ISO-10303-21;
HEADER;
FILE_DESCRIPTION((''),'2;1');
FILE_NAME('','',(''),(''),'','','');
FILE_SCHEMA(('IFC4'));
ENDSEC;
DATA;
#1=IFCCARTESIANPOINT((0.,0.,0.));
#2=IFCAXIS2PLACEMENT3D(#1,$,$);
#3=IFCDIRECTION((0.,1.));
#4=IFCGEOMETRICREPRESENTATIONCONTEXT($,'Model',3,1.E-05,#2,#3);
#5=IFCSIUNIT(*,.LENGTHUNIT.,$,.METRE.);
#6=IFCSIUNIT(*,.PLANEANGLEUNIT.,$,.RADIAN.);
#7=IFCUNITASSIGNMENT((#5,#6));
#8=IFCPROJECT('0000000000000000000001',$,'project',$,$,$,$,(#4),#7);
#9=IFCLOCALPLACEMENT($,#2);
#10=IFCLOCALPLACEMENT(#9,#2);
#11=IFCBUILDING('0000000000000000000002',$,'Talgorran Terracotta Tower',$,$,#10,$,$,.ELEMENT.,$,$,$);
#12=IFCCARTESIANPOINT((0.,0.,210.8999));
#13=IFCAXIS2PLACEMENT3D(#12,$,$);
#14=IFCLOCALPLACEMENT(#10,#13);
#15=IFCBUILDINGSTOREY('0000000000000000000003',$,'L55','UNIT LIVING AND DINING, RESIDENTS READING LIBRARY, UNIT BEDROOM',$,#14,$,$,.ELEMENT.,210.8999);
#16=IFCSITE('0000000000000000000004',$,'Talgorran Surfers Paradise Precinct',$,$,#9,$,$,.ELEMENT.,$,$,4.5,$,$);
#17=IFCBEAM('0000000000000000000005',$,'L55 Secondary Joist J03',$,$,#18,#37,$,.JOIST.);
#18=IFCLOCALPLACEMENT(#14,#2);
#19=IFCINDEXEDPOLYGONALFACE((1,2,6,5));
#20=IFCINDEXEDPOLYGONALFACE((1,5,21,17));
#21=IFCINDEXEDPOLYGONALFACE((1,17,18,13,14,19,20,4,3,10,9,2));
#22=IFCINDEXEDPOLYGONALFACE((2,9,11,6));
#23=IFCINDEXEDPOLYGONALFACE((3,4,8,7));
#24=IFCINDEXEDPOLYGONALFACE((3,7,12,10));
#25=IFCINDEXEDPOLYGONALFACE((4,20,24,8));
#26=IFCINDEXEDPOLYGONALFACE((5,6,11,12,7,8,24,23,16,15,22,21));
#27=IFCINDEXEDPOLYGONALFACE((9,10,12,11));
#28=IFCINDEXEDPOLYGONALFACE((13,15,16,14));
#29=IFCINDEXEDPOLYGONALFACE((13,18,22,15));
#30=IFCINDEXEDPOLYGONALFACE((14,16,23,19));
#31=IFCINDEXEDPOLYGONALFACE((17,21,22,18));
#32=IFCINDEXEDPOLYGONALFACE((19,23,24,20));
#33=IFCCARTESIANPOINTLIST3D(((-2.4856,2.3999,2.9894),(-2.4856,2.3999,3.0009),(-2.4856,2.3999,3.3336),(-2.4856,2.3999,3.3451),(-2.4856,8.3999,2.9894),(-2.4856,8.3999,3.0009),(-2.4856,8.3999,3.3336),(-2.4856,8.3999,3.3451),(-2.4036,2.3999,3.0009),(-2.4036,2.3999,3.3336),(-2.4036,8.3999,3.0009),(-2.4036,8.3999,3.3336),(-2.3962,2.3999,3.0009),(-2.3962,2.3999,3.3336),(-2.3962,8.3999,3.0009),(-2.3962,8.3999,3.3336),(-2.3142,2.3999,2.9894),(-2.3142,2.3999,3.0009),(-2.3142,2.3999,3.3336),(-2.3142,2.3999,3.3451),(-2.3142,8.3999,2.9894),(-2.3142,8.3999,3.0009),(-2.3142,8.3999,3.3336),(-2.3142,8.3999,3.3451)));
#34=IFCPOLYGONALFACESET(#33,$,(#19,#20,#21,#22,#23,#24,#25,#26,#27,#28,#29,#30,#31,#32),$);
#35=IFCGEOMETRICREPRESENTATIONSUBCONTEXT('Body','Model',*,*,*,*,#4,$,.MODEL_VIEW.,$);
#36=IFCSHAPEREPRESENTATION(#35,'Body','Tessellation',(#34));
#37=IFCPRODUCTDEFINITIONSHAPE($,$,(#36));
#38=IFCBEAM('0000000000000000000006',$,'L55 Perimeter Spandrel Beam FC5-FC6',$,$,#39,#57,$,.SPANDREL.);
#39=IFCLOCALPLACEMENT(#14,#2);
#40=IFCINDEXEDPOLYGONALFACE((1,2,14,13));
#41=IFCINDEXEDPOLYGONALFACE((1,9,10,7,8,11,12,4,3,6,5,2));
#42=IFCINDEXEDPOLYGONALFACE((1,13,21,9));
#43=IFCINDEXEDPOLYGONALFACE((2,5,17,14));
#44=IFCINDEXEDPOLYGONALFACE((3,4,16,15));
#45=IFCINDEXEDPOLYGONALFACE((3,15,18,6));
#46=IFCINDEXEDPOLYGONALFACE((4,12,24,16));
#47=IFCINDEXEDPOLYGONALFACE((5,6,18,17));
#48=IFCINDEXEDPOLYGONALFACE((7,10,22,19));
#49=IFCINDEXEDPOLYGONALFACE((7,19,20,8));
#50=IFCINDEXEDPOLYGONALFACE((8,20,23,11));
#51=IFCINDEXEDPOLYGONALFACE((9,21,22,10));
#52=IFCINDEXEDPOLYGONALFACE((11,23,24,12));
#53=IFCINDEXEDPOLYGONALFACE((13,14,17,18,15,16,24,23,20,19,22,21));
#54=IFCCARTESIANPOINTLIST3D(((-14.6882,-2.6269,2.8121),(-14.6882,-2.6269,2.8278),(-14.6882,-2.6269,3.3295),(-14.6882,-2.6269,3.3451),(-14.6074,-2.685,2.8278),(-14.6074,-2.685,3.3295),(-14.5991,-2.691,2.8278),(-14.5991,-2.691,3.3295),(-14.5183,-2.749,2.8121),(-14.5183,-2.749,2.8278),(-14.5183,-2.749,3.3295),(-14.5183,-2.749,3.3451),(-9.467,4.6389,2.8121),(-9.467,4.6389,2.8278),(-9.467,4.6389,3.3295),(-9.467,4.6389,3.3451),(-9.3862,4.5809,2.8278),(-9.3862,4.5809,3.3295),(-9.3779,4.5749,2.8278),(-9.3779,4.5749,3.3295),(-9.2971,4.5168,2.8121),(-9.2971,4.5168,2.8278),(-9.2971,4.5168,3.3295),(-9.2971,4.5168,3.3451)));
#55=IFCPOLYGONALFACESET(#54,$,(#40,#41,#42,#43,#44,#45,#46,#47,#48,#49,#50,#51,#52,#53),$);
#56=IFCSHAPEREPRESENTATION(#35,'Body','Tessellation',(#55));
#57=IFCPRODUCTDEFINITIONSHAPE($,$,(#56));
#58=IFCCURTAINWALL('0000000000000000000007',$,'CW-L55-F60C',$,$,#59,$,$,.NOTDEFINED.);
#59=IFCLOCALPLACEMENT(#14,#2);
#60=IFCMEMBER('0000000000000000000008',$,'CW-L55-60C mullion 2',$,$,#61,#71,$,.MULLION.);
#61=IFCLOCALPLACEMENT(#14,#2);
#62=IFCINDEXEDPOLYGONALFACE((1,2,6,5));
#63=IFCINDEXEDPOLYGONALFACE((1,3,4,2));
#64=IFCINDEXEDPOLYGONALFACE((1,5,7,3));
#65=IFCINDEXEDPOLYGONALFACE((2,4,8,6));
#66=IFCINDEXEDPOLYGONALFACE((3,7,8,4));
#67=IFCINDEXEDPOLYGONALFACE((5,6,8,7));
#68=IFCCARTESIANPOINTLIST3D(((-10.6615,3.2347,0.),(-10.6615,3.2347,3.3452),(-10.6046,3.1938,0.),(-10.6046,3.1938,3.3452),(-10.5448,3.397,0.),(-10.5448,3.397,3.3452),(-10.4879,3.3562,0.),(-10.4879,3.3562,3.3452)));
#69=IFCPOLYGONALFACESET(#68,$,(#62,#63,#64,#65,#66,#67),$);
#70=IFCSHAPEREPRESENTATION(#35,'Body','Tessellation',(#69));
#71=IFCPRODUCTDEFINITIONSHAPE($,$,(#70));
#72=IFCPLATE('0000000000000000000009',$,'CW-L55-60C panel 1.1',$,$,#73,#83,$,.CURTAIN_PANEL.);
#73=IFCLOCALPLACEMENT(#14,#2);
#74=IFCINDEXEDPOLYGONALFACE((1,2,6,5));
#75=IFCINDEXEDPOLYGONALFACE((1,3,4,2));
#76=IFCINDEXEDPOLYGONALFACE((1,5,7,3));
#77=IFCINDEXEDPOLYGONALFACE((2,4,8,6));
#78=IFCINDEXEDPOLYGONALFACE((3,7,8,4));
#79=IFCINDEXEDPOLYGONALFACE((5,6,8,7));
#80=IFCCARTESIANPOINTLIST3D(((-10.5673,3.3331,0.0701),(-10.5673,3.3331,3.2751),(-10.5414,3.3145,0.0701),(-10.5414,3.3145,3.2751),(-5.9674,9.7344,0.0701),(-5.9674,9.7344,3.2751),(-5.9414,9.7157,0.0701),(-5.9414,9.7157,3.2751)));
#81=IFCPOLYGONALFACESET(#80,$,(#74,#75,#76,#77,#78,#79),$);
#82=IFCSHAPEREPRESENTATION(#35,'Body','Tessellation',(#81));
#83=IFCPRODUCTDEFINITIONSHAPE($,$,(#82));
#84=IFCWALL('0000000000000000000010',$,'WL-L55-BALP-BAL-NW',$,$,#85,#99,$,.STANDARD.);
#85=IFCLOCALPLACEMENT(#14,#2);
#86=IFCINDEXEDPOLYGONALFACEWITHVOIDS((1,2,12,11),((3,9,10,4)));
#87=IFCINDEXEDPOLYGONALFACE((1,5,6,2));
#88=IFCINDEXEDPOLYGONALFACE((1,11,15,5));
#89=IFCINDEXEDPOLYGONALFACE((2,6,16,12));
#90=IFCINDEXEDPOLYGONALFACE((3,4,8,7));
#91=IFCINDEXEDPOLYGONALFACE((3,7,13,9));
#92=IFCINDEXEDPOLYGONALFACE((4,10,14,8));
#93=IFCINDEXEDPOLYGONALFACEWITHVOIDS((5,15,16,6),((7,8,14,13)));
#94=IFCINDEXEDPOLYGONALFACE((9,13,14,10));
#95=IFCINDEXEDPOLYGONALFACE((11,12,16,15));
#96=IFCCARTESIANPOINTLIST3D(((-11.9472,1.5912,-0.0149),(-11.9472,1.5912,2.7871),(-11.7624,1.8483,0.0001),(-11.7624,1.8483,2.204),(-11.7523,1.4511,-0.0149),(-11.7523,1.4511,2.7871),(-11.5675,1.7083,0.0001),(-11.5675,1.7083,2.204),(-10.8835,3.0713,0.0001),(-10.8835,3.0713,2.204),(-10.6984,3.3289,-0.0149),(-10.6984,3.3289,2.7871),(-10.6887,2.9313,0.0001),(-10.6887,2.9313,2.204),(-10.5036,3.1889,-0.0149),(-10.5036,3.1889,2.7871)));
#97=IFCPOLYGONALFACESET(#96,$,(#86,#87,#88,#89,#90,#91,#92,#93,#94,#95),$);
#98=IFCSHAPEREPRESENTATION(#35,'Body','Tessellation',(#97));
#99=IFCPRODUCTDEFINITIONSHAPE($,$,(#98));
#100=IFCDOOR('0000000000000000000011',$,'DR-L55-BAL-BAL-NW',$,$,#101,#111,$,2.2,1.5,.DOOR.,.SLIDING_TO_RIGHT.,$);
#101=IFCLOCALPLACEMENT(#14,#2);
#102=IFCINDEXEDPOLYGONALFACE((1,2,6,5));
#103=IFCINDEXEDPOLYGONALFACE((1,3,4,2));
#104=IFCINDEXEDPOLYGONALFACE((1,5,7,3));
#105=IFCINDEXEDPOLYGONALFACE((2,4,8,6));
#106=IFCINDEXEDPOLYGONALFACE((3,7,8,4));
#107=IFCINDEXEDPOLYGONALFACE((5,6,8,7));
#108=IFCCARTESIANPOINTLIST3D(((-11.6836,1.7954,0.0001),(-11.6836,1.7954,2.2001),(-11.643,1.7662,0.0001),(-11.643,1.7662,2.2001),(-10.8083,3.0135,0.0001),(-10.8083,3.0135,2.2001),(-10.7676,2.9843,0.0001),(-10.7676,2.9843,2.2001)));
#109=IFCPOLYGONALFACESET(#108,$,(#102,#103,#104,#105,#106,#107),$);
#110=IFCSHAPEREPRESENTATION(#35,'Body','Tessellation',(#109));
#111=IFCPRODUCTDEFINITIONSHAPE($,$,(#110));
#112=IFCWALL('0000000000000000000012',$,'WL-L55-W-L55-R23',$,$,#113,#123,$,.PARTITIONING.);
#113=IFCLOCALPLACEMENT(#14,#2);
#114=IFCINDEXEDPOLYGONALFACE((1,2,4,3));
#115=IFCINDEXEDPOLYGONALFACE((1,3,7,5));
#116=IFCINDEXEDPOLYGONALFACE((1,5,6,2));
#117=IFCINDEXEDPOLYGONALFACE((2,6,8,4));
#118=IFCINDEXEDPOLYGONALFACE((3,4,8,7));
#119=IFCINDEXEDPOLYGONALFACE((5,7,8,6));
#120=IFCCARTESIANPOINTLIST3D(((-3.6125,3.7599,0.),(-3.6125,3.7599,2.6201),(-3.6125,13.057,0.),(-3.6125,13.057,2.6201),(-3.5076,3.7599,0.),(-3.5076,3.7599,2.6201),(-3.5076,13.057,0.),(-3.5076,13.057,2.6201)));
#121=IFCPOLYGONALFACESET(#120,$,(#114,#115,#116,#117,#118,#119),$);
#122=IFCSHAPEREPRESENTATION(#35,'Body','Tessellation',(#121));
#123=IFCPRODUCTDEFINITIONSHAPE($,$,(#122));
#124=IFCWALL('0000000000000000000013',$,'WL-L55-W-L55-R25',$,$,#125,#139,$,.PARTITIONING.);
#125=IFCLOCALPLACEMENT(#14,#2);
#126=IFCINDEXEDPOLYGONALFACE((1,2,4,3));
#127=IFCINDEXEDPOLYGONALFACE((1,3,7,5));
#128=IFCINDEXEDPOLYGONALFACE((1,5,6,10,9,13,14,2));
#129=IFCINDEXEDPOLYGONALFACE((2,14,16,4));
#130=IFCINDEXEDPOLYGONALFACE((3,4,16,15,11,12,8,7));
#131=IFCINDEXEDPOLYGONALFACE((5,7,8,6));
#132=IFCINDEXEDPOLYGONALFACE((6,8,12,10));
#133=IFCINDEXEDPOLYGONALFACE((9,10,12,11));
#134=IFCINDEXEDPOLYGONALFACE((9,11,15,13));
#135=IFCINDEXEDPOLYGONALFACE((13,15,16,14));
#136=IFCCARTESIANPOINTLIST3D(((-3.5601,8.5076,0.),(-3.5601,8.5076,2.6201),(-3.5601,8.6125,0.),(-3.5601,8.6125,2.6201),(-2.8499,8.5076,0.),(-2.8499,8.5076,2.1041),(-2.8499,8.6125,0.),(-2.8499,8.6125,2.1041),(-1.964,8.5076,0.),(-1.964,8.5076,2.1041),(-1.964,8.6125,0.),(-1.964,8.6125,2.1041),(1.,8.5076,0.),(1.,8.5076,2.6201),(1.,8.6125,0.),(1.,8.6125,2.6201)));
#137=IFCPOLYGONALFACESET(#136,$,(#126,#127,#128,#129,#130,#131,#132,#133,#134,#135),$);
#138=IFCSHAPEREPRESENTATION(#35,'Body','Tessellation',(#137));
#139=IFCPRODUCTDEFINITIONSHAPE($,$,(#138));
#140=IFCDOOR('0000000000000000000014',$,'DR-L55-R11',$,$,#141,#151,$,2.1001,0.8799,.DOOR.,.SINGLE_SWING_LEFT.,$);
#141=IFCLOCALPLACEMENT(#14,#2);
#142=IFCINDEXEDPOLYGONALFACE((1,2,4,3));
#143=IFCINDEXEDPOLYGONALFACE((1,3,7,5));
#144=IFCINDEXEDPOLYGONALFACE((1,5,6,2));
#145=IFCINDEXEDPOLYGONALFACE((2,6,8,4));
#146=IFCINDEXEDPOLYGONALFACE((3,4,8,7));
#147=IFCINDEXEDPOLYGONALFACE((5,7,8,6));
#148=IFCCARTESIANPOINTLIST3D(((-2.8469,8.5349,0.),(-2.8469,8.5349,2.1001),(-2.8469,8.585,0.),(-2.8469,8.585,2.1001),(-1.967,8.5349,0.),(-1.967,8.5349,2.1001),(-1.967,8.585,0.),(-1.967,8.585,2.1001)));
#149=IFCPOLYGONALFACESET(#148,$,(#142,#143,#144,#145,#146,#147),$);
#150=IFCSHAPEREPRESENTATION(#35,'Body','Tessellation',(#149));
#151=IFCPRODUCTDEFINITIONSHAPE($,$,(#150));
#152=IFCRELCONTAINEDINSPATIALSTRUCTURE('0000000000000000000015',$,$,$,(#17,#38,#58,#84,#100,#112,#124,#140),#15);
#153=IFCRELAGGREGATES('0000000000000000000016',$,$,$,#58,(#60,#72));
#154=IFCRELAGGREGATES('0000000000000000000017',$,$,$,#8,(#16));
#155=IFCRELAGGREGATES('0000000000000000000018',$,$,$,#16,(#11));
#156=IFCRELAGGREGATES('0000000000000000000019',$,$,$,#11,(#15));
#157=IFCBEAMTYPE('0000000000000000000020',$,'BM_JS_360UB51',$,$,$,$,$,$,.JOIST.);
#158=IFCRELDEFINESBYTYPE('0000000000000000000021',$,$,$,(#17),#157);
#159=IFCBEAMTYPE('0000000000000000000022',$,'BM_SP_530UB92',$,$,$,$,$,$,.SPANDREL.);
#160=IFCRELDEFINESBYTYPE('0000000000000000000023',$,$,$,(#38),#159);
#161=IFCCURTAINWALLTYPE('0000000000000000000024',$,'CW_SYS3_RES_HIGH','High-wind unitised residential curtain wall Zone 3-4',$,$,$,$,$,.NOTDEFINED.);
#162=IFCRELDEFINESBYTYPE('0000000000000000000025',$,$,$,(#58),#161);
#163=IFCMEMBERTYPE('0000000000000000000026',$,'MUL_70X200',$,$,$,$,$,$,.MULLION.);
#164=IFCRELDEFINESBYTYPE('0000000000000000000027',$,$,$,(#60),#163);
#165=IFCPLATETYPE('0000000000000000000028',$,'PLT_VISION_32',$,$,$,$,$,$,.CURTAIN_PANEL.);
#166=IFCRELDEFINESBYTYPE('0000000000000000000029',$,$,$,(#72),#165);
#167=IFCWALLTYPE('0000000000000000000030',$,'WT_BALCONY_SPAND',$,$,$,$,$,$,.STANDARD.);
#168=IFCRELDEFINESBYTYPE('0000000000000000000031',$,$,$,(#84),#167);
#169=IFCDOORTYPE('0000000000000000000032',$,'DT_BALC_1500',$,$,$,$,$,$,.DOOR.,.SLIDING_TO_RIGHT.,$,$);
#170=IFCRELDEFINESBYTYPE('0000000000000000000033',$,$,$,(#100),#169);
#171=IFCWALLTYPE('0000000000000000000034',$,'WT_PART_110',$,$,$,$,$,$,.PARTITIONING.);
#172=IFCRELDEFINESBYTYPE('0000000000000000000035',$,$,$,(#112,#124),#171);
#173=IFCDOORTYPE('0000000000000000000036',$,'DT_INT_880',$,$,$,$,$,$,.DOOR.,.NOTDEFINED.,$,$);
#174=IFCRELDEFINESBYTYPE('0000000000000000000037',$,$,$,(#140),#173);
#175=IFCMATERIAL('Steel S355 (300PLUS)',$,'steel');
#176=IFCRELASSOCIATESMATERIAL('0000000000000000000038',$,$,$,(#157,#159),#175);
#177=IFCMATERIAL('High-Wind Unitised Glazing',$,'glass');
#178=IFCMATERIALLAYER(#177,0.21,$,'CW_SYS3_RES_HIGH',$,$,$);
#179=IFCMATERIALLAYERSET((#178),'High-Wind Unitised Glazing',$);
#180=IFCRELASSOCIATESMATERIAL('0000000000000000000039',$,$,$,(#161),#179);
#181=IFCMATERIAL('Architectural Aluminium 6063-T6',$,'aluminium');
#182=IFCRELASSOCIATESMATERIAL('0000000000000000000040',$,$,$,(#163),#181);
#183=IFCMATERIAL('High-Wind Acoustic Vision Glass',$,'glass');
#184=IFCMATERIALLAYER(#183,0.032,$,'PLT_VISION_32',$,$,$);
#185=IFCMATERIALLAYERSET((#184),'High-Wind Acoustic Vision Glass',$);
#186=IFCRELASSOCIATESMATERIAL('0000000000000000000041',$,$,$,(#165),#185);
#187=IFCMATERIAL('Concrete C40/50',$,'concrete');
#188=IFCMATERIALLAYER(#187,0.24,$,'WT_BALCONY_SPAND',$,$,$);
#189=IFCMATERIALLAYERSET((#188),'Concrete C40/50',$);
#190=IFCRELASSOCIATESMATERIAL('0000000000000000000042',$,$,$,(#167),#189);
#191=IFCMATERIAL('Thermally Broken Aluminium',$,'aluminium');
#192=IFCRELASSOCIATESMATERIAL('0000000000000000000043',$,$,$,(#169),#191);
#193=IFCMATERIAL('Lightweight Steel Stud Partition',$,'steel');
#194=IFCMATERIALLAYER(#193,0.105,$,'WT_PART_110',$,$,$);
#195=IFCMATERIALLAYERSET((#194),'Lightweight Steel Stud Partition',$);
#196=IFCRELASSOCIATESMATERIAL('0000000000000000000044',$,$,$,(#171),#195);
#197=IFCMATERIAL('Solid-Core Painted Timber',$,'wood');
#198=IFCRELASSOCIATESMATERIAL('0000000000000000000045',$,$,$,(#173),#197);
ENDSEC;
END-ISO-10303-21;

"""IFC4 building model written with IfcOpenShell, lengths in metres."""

from ifc_helpers import new_model, si_unit, direction, frame, frame_2d, origin, origin_2d, place, context, subcontext, project, spatial, rectangle, i_section, extrude, source, transform, mapped, material, layer, layer_set, material_profile, profile_set, type_object, type_shapes, element, fill, aggregate, save


model = new_model("IFC4")

# Units and contexts
model_context = context("Model", 3, precision=1e-05, world=origin(), true_north=direction((0.0, 1.0)))
body_context = subcontext(model_context, "Body", "Model", "MODEL_VIEW")
ifc_project = project(units=[si_unit("LENGTHUNIT", "METRE"), si_unit("PLANEANGLEUNIT", "RADIAN")], contexts=[model_context])

# Site, building, storey
site_placement = place(None, origin())
site = spatial("IfcSite", under=ifc_project, at=site_placement, Name="Talgorran Surfers Paradise Precinct", CompositionType="ELEMENT", RefElevation=4.5)
building_placement = place(site_placement, origin())
building = spatial("IfcBuilding", under=site, at=building_placement, Name="Talgorran Terracotta Tower", CompositionType="ELEMENT")
storey_placement = place(building_placement, frame((0.0, 0.0, 210.8999)))
storey = spatial("IfcBuildingStorey", under=building, at=storey_placement, Name="L55", Description="UNIT LIVING AND DINING, RESIDENTS READING LIBRARY, UNIT BEDROOM", CompositionType="ELEMENT", Elevation=210.8999)

# Shared definitions
ifc_material_1 = material(Name="Steel S355 (300PLUS)", Category="steel")

# Beams
ifc_material_profile_1 = material_profile(ifc_material_1, i_section(OverallWidth=0.1714, OverallDepth=0.3557, WebThickness=0.0073, FlangeThickness=0.0115, at=origin_2d()), Name="360UB50.7")
ifc_profile_set_1 = profile_set([ifc_material_profile_1], Name="Steel S355 (300PLUS)")
beam_type_1 = type_object("IfcBeamType", Name="BM_JS_360UB51", PredefinedType="JOIST", material=ifc_profile_set_1)
beam_1_placement = place(storey_placement, frame((-2.3999, 2.3999, 3.1672), z_axis=(0.0, 1.0, 0.0), x_axis=(-1.0, 0.0, 0.0)))
element("IfcBeam", 1, at=beam_1_placement, inside=storey, type_object=beam_type_1, Name="L55 Secondary Joist J03", PredefinedType="JOIST", context=body_context, shape_type="SweptSolid", body=[
    extrude(i_section(OverallWidth=0.1714, OverallDepth=0.3557, WebThickness=0.0073, FlangeThickness=0.0115, at=origin_2d()), origin(), (0.0, 0.0, 1.0), 6.0),
])
ifc_material_profile_2 = material_profile(ifc_material_1, i_section(OverallWidth=0.2092, OverallDepth=0.533, WebThickness=0.0103, FlangeThickness=0.0156, at=origin_2d()), Name="530UB92.4")
ifc_profile_set_2 = profile_set([ifc_material_profile_2], Name="Steel S355 (300PLUS)")
beam_type_2 = type_object("IfcBeamType", Name="BM_SP_530UB92", PredefinedType="SPANDREL", material=ifc_profile_set_2)
beam_2_placement = place(storey_placement, frame((-9.3821, 4.5779, 3.0786), z_axis=(-0.583551, -0.812076, 0.0), x_axis=(0.812076, -0.583551, 0.0)))
element("IfcBeam", 2, at=beam_2_placement, inside=storey, type_object=beam_type_2, Name="L55 Perimeter Spandrel Beam FC5-FC6", PredefinedType="SPANDREL", context=body_context, shape_type="SweptSolid", body=[
    extrude(i_section(OverallWidth=0.2092, OverallDepth=0.533, WebThickness=0.0103, FlangeThickness=0.0156, at=origin_2d()), origin(), (0.0, 0.0, 1.0), 8.9473),
])

# Curtain wall, member, plate
ifc_material_2 = material(Name="High-Wind Unitised Glazing", Category="glass")
ifc_layer_1 = layer(ifc_material_2, 0.21, Name="CW_SYS3_RES_HIGH")
ifc_layer_set_1 = layer_set([ifc_layer_1], Name="High-Wind Unitised Glazing")
curtain_wall_type = type_object("IfcCurtainWallType", Name="CW_SYS3_RES_HIGH", Description="High-wind unitised residential curtain wall Zone 3-4", PredefinedType="NOTDEFINED", material=ifc_layer_set_1)
curtain_wall_placement = place(storey_placement, origin())
curtain_wall = element("IfcCurtainWall", 3, at=curtain_wall_placement, inside=storey, type_object=curtain_wall_type, Name="CW-L55-F60C", PredefinedType="NOTDEFINED")
ifc_material_3 = material(Name="Architectural Aluminium 6063-T6", Category="aluminium")
ifc_material_profile_3 = material_profile(ifc_material_3, rectangle(XDim=0.0701, YDim=0.2, at=origin_2d()), Name="CWM70X200")
ifc_profile_set_3 = profile_set([ifc_material_profile_3], Name="Architectural Aluminium 6063-T6")
member_type = type_object("IfcMemberType", Name="MUL_70X200", PredefinedType="MULLION", material=ifc_profile_set_3)
member_placement = place(storey_placement, frame((-10.5747, 3.2954, 0.0), z_axis=(0.0, 0.0, 1.0), x_axis=(0.812072, -0.583557, 0.0)))
member = element("IfcMember", 4, at=member_placement, type_object=member_type, Name="CW-L55-60C mullion 2", PredefinedType="MULLION", context=body_context, shape_type="SweptSolid", body=[
    extrude(rectangle(XDim=0.0701, YDim=0.2, at=origin_2d()), origin(), (0.0, 0.0, 1.0), 3.3452),
])
ifc_material_4 = material(Name="High-Wind Acoustic Vision Glass", Category="glass")
ifc_layer_2 = layer(ifc_material_4, 0.032, Name="PLT_VISION_32")
ifc_layer_set_2 = layer_set([ifc_layer_2], Name="High-Wind Acoustic Vision Glass")
plate_type = type_object("IfcPlateType", Name="PLT_VISION_32", PredefinedType="CURTAIN_PANEL", material=ifc_layer_set_2)
shared_shape = source(origin(), body_context, "Body", "SweptSolid", [
    extrude(rectangle(XDim=7.8826, YDim=0.032, at=origin_2d()), origin(), (0.0, 0.0, 1.0), 3.2051),
])
type_shapes(plate_type, [shared_shape])
plate_placement = place(storey_placement, frame((-8.2544, 6.5244, 0.0701), z_axis=(0.0, 0.0, 1.0), x_axis=(-0.583557, -0.812072, 0.0)))
plate = element("IfcPlate", 5, at=plate_placement, type_object=plate_type, Name="CW-L55-60C panel 1.1", PredefinedType="CURTAIN_PANEL", context=body_context, shape_type="MappedRepresentation", body=[
    mapped(shared_shape, transform((0.0, 0.0, 0.0), scale=1.0)),
])
aggregate(curtain_wall, [member, plate])

# Wall, opening, door
ifc_material_5 = material(Name="Concrete C40/50", Category="concrete")
ifc_layer_3 = layer(ifc_material_5, 0.24, Name="WT_BALCONY_SPAND")
ifc_layer_set_3 = layer_set([ifc_layer_3], Name="Concrete C40/50")
wall_type_1 = type_object("IfcWallType", Name="WT_BALCONY_SPAND", PredefinedType="STANDARD", material=ifc_layer_set_3)
wall_1_placement = place(storey_placement, frame((-10.6011, 3.2588, -0.0149), z_axis=(0.0, 0.0, 1.0), x_axis=(-0.583556, -0.812073, 0.0)))
wall_1 = element("IfcWall", 6, at=wall_1_placement, inside=storey, type_object=wall_type_1, Name="WL-L55-BALP-BAL-NW", PredefinedType="STANDARD", context=body_context, shape_type="SweptSolid", body=[
    extrude(rectangle(XDim=2.1399, YDim=0.24, at=frame_2d((1.0698, 0.0))), origin(), (0.0, 0.0, 1.0), 2.802),
])
opening_1_placement = place(wall_1_placement, frame((0.3201, 0.0, 0.0149)))
opening_1 = element("IfcOpeningElement", 7, at=opening_1_placement, cuts=wall_1, PredefinedType="OPENING", context=body_context, shape_type="SweptSolid", body=[
    extrude(rectangle(XDim=1.506, YDim=2.204, at=frame_2d((0.75, 1.1021))), frame((0.0, 0.1299, 0.0), z_axis=(0.0, -1.0, 0.0), x_axis=(1.0, 0.0, 0.0)), (0.0, 0.0, 1.0), 0.26),
])
ifc_material_6 = material(Name="Thermally Broken Aluminium", Category="aluminium")
door_type_1 = type_object("IfcDoorType", Name="DT_BALC_1500", OperationType="SLIDING_TO_RIGHT", PredefinedType="DOOR", material=ifc_material_6)
door_1_placement = place(opening_1_placement, origin())
door_1 = element("IfcDoor", 8, at=door_1_placement, inside=storey, type_object=door_type_1, Name="DR-L55-BAL-BAL-NW", OperationType="SLIDING_TO_RIGHT", OverallHeight=2.2, OverallWidth=1.5, PredefinedType="DOOR", context=body_context, shape_type="SweptSolid", body=[
    extrude(rectangle(XDim=1.5, YDim=2.2, at=frame_2d((0.75, 1.1001))), frame((0.0, 0.0249, 0.0), z_axis=(0.0, -1.0, 0.0), x_axis=(1.0, 0.0, 0.0)), (0.0, 0.0, 1.0), 0.05),
])
fill(opening_1, door_1)

# Wall
ifc_material_7 = material(Name="Lightweight Steel Stud Partition", Category="steel")
ifc_layer_4 = layer(ifc_material_7, 0.105, Name="WT_PART_110")
ifc_layer_set_4 = layer_set([ifc_layer_4], Name="Lightweight Steel Stud Partition")
wall_type_2 = type_object("IfcWallType", Name="WT_PART_110", PredefinedType="PARTITIONING", material=ifc_layer_set_4)
wall_2_placement = place(storey_placement, frame((-3.5601, 3.76, 0.0), z_axis=(0.0, 0.0, 1.0), x_axis=(0.0, 1.0, 0.0)))
element("IfcWall", 9, at=wall_2_placement, inside=storey, type_object=wall_type_2, Name="WL-L55-W-L55-R23", PredefinedType="PARTITIONING", context=body_context, shape_type="SweptSolid", body=[
    extrude(rectangle(XDim=9.2971, YDim=0.105, at=frame_2d((4.6484, 0.0))), origin(), (0.0, 0.0, 1.0), 2.6201),
])

# Wall, opening, door
wall_3_placement = place(storey_placement, frame((-3.5601, 8.5601, 0.0), z_axis=(0.0, 0.0, 1.0), x_axis=(1.0, 0.0, 0.0)))
wall_3 = element("IfcWall", 10, at=wall_3_placement, inside=storey, type_object=wall_type_2, Name="WL-L55-W-L55-R25", PredefinedType="PARTITIONING", context=body_context, shape_type="SweptSolid", body=[
    extrude(rectangle(XDim=4.5601, YDim=0.105, at=frame_2d((2.28, 0.0))), origin(), (0.0, 0.0, 1.0), 2.6201),
])
opening_2_placement = place(wall_3_placement, frame((0.7131, 0.0, 0.0)))
opening_2 = element("IfcOpeningElement", 11, at=opening_2_placement, cuts=wall_3, PredefinedType="OPENING", context=body_context, shape_type="SweptSolid", body=[
    extrude(rectangle(XDim=0.8859, YDim=2.1041, at=frame_2d((0.4399, 1.052))), frame((0.0, 0.0625, 0.0), z_axis=(0.0, -1.0, 0.0), x_axis=(1.0, 0.0, 0.0)), (0.0, 0.0, 1.0), 0.125),
])
ifc_material_8 = material(Name="Solid-Core Painted Timber", Category="wood")
door_type_2 = type_object("IfcDoorType", Name="DT_INT_880", OperationType="NOTDEFINED", PredefinedType="DOOR", material=ifc_material_8)
door_2_placement = place(opening_2_placement, origin())
door_2 = element("IfcDoor", 12, at=door_2_placement, inside=storey, type_object=door_type_2, Name="DR-L55-R11", OperationType="SINGLE_SWING_LEFT", OverallHeight=2.1001, OverallWidth=0.8799, PredefinedType="DOOR", context=body_context, shape_type="SweptSolid", body=[
    extrude(rectangle(XDim=0.8799, YDim=2.1001, at=frame_2d((0.4399, 1.05))), frame((0.0, 0.0249, 0.0), z_axis=(0.0, -1.0, 0.0), x_axis=(1.0, 0.0, 0.0)), (0.0, 0.0, 1.0), 0.05),
])
fill(opening_2, door_2)

save(model, "model.ifc")
